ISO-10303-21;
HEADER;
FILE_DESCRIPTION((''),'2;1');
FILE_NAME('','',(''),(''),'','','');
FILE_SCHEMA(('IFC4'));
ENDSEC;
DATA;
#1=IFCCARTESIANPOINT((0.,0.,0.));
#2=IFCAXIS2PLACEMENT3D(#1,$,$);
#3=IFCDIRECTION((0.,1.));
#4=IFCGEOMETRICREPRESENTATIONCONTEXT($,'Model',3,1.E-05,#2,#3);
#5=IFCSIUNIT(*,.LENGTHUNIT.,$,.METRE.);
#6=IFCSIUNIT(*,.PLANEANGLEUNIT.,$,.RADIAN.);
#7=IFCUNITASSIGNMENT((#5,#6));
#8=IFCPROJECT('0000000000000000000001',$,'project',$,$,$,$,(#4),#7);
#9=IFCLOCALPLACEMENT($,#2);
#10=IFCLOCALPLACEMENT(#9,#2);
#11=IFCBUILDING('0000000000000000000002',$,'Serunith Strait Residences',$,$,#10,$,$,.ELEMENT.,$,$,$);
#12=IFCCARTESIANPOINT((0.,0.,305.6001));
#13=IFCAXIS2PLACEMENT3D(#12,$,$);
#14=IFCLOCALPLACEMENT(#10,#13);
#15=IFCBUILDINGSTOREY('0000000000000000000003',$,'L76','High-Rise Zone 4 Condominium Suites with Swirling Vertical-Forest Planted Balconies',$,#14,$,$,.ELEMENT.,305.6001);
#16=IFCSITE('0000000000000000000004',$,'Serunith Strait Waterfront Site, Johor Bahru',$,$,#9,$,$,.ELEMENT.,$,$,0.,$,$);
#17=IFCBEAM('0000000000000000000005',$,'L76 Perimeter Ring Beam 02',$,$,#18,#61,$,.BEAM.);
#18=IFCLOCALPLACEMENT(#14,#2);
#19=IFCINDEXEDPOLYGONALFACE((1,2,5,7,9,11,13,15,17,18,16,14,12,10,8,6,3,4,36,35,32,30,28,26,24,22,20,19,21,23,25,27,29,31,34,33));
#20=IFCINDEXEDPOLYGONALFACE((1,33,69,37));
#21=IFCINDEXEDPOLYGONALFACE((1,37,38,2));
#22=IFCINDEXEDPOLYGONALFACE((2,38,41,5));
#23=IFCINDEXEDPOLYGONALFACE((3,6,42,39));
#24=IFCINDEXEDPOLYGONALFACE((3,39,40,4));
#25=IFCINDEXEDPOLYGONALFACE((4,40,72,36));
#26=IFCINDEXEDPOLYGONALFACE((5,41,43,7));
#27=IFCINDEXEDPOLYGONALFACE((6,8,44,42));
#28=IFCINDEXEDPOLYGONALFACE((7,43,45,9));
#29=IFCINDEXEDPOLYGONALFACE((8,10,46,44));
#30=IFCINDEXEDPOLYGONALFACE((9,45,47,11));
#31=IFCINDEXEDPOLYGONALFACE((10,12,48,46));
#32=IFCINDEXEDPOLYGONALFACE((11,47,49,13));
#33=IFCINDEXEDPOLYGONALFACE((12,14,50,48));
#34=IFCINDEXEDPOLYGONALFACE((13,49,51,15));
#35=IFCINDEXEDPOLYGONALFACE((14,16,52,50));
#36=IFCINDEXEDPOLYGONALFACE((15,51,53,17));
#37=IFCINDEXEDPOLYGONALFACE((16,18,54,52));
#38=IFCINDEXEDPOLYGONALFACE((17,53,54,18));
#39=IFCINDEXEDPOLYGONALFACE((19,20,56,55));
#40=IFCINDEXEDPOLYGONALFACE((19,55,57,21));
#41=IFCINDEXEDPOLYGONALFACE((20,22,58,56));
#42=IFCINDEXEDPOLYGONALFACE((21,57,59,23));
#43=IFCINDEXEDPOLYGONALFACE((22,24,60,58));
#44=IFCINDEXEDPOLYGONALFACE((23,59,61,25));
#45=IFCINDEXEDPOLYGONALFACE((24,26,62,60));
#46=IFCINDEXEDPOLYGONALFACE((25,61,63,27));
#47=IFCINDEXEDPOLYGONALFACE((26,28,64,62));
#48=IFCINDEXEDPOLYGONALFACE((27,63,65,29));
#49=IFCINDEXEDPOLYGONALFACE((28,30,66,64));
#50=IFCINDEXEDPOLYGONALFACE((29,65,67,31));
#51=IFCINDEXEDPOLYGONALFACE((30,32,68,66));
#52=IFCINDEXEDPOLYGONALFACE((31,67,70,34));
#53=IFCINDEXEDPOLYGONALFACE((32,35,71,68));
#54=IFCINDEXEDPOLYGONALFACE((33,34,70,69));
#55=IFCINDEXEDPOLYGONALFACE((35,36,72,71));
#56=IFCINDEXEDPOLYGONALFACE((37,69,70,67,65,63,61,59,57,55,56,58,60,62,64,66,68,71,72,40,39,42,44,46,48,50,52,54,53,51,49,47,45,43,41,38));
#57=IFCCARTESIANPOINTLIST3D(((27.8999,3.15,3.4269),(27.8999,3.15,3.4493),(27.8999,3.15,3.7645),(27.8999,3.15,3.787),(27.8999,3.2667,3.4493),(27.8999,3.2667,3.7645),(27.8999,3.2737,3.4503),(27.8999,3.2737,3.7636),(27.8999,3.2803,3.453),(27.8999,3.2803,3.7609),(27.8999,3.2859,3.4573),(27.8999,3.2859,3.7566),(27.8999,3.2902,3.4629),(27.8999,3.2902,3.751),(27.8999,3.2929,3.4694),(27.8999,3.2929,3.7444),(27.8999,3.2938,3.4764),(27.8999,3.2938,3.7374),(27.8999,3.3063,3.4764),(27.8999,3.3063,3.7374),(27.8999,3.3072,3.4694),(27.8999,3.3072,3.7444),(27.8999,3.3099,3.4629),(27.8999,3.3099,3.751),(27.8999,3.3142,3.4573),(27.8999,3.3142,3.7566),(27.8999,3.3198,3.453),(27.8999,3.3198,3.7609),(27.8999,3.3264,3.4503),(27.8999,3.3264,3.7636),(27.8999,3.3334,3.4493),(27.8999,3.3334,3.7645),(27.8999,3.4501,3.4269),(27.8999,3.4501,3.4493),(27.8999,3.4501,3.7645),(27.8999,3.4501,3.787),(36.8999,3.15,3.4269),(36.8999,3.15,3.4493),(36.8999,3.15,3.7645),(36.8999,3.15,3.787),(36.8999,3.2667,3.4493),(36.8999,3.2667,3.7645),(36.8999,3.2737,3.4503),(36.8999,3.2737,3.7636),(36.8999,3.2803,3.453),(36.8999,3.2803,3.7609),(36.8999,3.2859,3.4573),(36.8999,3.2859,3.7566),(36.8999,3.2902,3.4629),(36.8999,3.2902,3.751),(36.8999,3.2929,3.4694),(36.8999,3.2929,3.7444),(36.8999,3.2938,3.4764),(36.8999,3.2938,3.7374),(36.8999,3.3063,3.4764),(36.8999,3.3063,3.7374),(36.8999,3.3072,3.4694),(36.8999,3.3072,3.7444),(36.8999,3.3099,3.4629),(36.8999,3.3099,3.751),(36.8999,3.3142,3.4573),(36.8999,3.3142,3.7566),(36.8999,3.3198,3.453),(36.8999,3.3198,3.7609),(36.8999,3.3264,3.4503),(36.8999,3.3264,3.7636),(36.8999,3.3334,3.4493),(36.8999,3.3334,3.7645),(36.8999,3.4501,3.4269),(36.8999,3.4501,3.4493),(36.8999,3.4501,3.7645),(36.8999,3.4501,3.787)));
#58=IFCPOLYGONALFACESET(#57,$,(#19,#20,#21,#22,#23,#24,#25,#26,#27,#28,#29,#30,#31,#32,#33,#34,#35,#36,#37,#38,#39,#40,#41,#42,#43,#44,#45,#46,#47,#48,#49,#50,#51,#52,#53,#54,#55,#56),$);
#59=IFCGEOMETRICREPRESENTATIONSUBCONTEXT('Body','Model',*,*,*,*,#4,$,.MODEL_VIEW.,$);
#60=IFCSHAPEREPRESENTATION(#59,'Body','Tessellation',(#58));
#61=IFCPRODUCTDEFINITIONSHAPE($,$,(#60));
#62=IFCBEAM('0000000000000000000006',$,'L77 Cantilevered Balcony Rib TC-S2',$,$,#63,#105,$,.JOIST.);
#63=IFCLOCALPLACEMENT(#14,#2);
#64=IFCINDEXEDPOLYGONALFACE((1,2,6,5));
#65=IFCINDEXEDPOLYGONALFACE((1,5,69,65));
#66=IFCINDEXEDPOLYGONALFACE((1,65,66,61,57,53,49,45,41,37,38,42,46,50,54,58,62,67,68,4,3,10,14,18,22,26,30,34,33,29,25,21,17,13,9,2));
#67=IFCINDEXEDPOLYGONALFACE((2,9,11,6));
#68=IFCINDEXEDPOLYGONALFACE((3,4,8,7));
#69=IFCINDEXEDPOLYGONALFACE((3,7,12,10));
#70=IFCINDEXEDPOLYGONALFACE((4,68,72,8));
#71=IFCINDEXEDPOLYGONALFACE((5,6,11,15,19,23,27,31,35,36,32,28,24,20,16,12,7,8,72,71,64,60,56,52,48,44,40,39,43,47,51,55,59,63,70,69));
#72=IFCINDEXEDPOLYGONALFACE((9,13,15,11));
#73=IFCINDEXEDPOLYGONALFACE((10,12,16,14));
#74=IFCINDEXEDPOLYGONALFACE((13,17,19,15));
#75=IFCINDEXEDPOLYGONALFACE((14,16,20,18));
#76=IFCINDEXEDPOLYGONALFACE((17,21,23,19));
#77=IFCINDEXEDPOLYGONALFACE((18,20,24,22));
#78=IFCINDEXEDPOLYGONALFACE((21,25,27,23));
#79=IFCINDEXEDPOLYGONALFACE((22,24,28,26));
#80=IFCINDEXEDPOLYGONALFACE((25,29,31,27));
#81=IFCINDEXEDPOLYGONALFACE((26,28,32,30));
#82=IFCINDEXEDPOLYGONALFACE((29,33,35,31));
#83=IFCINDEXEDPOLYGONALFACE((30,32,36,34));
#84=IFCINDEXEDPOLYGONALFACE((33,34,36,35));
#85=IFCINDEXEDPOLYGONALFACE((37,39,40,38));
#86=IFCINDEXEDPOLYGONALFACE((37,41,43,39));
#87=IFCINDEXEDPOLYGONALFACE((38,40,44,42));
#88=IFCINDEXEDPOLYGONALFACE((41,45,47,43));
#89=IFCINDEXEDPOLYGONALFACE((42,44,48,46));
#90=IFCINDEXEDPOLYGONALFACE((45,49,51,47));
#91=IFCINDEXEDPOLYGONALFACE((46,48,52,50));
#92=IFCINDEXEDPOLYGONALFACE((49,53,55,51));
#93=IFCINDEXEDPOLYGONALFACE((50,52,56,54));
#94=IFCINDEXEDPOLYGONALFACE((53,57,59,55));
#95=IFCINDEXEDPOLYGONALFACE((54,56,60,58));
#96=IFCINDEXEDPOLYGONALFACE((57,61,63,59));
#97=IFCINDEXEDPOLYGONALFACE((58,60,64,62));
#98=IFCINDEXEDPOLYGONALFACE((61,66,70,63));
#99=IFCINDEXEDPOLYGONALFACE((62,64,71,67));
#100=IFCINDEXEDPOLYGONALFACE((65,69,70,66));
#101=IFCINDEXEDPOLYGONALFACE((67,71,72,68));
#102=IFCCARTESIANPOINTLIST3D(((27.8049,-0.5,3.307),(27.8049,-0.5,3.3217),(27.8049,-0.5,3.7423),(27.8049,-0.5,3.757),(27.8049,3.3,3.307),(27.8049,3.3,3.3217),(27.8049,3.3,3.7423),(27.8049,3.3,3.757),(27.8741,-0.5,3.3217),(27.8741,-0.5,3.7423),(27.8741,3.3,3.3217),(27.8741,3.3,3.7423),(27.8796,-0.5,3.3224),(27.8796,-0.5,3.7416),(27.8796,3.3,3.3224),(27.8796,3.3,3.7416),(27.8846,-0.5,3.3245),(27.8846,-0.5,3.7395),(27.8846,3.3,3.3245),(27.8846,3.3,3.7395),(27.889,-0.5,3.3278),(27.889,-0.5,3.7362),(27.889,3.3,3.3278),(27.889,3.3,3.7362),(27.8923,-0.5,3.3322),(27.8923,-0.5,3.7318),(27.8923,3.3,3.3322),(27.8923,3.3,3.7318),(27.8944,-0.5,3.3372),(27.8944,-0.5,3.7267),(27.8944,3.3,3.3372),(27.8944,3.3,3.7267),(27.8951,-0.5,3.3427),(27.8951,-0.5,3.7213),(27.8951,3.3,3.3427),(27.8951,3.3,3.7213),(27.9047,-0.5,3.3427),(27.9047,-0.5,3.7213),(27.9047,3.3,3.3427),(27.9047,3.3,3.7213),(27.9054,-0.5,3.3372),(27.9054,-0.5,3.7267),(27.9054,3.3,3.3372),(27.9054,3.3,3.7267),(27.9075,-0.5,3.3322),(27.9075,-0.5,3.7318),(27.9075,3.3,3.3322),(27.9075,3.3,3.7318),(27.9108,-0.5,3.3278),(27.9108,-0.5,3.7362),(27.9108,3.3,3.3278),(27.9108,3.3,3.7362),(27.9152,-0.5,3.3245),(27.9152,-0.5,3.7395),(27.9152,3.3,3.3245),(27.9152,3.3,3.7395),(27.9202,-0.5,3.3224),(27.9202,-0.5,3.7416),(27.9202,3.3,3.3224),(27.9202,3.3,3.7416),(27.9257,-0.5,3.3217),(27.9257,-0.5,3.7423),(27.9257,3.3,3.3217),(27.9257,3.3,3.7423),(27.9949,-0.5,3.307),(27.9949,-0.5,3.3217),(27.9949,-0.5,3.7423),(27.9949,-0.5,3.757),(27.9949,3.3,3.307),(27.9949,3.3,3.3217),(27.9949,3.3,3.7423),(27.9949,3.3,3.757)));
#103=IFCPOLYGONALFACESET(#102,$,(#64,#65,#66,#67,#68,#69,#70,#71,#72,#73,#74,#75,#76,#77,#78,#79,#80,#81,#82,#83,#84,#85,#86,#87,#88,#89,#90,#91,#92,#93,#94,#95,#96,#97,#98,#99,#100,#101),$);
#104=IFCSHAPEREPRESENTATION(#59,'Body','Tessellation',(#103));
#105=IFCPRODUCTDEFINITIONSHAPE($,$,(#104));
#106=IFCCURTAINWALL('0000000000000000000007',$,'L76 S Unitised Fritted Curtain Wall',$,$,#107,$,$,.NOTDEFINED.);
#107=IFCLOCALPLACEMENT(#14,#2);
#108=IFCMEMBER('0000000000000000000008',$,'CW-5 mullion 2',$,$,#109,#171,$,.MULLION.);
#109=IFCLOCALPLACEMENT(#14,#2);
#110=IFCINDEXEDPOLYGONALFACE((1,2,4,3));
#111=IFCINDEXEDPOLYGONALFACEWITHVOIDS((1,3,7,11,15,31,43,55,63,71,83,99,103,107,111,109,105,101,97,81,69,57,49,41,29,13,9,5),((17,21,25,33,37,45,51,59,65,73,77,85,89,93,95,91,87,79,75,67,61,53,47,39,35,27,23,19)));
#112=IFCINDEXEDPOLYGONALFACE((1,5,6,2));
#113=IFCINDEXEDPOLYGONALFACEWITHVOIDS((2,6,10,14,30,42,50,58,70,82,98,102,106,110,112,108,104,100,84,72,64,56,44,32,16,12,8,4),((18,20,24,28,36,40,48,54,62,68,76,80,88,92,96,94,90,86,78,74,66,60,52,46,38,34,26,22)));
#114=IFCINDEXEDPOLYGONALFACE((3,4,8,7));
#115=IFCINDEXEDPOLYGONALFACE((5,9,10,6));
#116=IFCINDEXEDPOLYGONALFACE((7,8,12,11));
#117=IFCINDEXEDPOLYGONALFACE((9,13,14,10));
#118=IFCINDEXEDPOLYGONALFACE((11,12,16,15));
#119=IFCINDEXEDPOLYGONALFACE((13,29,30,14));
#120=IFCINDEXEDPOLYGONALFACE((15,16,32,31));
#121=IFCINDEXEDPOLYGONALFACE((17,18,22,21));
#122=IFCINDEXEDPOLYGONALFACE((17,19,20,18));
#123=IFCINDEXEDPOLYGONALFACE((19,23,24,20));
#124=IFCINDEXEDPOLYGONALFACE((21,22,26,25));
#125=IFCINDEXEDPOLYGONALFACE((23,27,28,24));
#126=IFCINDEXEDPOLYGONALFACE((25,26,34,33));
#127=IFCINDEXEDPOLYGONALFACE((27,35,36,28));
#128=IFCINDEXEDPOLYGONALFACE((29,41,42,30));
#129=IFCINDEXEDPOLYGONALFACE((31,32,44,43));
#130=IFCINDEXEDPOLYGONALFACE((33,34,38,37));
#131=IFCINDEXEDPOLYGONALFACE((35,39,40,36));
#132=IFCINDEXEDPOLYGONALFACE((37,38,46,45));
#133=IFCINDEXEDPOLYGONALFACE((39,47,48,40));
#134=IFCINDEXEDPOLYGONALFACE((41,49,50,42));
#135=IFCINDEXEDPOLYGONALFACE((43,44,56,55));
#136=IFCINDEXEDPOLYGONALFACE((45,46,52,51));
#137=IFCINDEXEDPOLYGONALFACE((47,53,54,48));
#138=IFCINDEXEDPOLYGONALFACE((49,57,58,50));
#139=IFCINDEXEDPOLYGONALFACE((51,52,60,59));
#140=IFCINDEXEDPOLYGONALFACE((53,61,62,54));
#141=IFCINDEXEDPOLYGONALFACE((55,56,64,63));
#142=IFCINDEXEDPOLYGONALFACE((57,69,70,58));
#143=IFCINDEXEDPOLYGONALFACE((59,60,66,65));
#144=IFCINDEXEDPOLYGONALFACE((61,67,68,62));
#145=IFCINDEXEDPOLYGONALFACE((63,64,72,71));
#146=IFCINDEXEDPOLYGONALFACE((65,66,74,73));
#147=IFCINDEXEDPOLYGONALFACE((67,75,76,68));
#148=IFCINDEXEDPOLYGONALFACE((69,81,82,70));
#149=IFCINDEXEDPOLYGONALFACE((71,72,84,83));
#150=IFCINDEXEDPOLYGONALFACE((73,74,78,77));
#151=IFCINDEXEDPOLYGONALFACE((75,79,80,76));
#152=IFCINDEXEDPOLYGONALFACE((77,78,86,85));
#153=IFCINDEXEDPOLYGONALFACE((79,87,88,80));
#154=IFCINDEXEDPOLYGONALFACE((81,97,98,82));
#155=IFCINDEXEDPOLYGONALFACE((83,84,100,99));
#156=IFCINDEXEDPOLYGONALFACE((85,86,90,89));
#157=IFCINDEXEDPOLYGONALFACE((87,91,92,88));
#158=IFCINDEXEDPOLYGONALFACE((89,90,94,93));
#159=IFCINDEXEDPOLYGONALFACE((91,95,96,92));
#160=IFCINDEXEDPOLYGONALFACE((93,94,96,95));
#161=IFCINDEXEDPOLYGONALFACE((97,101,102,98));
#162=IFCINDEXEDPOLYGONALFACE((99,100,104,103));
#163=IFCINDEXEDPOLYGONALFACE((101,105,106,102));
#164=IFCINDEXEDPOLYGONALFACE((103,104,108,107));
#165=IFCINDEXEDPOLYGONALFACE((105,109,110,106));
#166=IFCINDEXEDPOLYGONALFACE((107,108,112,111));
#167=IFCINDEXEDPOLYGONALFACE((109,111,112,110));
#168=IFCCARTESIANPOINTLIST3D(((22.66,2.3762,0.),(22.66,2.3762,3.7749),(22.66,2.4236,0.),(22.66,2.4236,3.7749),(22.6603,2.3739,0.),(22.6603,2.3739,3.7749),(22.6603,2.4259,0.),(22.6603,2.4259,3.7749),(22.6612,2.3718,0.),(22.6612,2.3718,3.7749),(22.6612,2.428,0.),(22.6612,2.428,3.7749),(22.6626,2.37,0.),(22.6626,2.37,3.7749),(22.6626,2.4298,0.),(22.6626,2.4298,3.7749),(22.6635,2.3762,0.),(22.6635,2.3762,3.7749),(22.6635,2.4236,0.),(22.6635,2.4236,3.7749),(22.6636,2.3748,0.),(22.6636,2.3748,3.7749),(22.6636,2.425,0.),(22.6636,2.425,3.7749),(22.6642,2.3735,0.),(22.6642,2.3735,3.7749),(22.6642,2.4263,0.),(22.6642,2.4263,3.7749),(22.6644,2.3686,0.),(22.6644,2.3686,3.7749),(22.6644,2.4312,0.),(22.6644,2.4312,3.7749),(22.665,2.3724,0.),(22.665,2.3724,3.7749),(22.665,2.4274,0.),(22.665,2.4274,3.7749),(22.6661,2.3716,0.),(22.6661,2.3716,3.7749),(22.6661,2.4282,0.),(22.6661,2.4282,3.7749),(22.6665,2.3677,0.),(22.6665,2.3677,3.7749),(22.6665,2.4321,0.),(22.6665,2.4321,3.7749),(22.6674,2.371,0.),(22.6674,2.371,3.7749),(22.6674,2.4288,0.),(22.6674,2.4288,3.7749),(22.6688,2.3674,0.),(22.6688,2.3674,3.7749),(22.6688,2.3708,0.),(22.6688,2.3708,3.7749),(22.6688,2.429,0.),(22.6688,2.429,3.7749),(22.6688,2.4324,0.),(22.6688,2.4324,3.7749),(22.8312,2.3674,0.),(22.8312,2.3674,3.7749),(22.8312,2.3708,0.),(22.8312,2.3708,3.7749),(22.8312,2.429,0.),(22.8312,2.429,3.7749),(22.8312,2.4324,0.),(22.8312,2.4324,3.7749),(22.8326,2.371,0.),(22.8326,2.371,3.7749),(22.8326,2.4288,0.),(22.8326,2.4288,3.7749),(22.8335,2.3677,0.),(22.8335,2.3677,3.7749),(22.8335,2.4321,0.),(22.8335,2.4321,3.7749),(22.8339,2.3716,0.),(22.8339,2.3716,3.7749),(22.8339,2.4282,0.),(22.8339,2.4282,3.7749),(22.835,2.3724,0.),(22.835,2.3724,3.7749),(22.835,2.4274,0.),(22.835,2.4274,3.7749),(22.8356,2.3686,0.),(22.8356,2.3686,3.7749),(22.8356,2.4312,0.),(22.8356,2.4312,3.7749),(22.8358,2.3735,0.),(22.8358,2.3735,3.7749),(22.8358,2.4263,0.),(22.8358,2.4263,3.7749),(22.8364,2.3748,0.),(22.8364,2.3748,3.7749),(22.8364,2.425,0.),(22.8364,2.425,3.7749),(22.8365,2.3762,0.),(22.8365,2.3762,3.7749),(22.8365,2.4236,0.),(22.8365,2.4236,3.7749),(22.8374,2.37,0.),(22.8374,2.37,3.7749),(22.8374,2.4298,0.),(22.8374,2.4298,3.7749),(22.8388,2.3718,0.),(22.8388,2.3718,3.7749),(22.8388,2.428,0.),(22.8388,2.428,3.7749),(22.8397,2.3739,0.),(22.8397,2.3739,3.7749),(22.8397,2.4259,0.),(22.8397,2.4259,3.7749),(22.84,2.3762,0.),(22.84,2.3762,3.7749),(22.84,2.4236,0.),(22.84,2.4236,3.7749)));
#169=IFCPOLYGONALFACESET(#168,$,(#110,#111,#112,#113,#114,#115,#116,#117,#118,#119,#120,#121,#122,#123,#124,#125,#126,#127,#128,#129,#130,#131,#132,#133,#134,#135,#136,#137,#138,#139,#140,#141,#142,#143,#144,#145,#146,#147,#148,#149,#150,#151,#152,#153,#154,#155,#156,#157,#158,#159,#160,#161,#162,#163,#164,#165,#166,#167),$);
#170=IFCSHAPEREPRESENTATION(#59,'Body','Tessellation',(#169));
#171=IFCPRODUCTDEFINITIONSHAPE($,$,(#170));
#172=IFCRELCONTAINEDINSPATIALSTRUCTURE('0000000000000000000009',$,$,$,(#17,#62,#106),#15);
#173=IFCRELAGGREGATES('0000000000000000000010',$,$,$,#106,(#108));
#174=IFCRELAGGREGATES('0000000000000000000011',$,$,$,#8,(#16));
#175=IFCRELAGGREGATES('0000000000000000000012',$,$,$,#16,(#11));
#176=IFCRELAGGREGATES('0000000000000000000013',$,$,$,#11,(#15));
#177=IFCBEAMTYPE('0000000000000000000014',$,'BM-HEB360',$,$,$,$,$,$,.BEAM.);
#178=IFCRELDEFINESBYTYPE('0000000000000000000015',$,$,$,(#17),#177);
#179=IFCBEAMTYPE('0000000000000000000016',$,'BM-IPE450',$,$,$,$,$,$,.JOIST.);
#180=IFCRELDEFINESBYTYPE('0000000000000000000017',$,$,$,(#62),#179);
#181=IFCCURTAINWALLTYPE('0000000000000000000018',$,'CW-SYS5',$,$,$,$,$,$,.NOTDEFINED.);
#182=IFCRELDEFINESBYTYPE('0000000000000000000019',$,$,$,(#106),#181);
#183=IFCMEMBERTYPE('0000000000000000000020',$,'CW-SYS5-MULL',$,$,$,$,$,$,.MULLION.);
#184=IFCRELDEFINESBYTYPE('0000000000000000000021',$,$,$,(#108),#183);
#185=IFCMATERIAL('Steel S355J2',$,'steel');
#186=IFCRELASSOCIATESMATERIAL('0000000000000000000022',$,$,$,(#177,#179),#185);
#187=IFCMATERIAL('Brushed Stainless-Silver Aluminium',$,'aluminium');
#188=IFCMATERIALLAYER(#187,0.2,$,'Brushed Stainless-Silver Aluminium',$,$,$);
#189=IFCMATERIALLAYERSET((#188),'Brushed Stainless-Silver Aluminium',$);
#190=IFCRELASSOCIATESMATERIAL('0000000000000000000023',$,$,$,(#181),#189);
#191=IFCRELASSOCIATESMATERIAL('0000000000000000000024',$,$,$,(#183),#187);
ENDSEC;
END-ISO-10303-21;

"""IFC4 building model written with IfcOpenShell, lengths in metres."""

from ifc_helpers import new_model, si_unit, direction, frame, origin, origin_2d, place, context, subcontext, project, spatial, hollow_rectangle, i_section, extrude, source, transform, mapped, material, layer, layer_set, material_profile, profile_set, type_object, element, aggregate, save


model = new_model("IFC4")

# Units and contexts
model_context = context("Model", 3, precision=1e-05, world=origin(), true_north=direction((0.0, 1.0)))
body_context = subcontext(model_context, "Body", "Model", "MODEL_VIEW")
ifc_project = project(units=[si_unit("LENGTHUNIT", "METRE"), si_unit("PLANEANGLEUNIT", "RADIAN")], contexts=[model_context])

# Site, building, storey
site_placement = place(None, origin())
site = spatial("IfcSite", under=ifc_project, at=site_placement, Name="Serunith Strait Waterfront Site, Johor Bahru", CompositionType="ELEMENT", RefElevation=0.0)
building_placement = place(site_placement, origin())
building = spatial("IfcBuilding", under=site, at=building_placement, Name="Serunith Strait Residences", CompositionType="ELEMENT")
storey_placement = place(building_placement, frame((0.0, 0.0, 305.6001)))
storey = spatial("IfcBuildingStorey", under=building, at=storey_placement, Name="L76", Description="High-Rise Zone 4 Condominium Suites with Swirling Vertical-Forest Planted Balconies", CompositionType="ELEMENT", Elevation=305.6001)

# Beams
ifc_material_1 = material(Name="Steel S355J2", Category="steel")
ifc_material_profile_1 = material_profile(ifc_material_1, i_section(OverallWidth=0.3, OverallDepth=0.3601, WebThickness=0.0125, FlangeThickness=0.0225, FilletRadius=0.0271, at=origin_2d()), Name="HEB 360")
ifc_profile_set_1 = profile_set([ifc_material_profile_1], Name="Steel S355J2")
beam_type_1 = type_object("IfcBeamType", Name="BM-HEB360", PredefinedType="BEAM", material=ifc_profile_set_1)
shared_shape_1 = source(origin(), body_context, "Body", "SweptSolid", [
    extrude(i_section(OverallWidth=0.3, OverallDepth=0.3601, WebThickness=0.0125, FlangeThickness=0.0225, FilletRadius=0.0271, at=origin_2d()), origin(), (0.0, 0.0, 1.0), 9.0),
])
beam_1_placement = place(storey_placement, frame((27.8999, 3.3, 3.6069), z_axis=(1.0, 0.0, 0.0), x_axis=(0.0, 1.0, 0.0)))
element("IfcBeam", 1, at=beam_1_placement, inside=storey, type_object=beam_type_1, Name="L76 Perimeter Ring Beam 02", PredefinedType="BEAM", context=body_context, shape_type="MappedRepresentation", body=[
    mapped(shared_shape_1, transform((0.0, 0.0, 0.0), scale=1.0)),
])
ifc_material_profile_2 = material_profile(ifc_material_1, i_section(OverallWidth=0.1899, OverallDepth=0.45, WebThickness=0.0095, FlangeThickness=0.0146, FilletRadius=0.021, at=origin_2d()), Name="IPE 450")
ifc_profile_set_2 = profile_set([ifc_material_profile_2], Name="Steel S355J2")
beam_type_2 = type_object("IfcBeamType", Name="BM-IPE450", PredefinedType="JOIST", material=ifc_profile_set_2)
shared_shape_2 = source(origin(), body_context, "Body", "SweptSolid", [
    extrude(i_section(OverallWidth=0.1899, OverallDepth=0.45, WebThickness=0.0095, FlangeThickness=0.0146, FilletRadius=0.021, at=origin_2d()), origin(), (0.0, 0.0, 1.0), 3.8),
])
beam_2_placement = place(storey_placement, frame((27.8999, 3.3, 3.532), z_axis=(0.0, -1.0, 0.0), x_axis=(1.0, 0.0, 0.0)))
element("IfcBeam", 2, at=beam_2_placement, inside=storey, type_object=beam_type_2, Name="L77 Cantilevered Balcony Rib TC-S2", PredefinedType="JOIST", context=body_context, shape_type="MappedRepresentation", body=[
    mapped(shared_shape_2, transform((0.0, 0.0, 0.0), scale=1.0)),
])

# Curtain wall, member
ifc_material_2 = material(Name="Brushed Stainless-Silver Aluminium", Category="aluminium")
ifc_layer_1 = layer(ifc_material_2, 0.2, Name="Brushed Stainless-Silver Aluminium")
ifc_layer_set_1 = layer_set([ifc_layer_1], Name="Brushed Stainless-Silver Aluminium")
curtain_wall_type = type_object("IfcCurtainWallType", Name="CW-SYS5", PredefinedType="NOTDEFINED", material=ifc_layer_set_1)
curtain_wall_placement = place(storey_placement, origin())
curtain_wall = element("IfcCurtainWall", 3, at=curtain_wall_placement, inside=storey, type_object=curtain_wall_type, Name="L76 S Unitised Fritted Curtain Wall", PredefinedType="NOTDEFINED")
ifc_material_profile_3 = material_profile(ifc_material_2, hollow_rectangle(XDim=0.0649, YDim=0.1799, WallThickness=0.0034, InnerFilletRadius=0.0054, OuterFilletRadius=0.0088, at=origin_2d()), Name="ALU 180x65x3.5")
ifc_profile_set_3 = profile_set([ifc_material_profile_3], Name="Brushed Stainless-Silver Aluminium")
member_type_1 = type_object("IfcMemberType", Name="CW-SYS5-MULL", PredefinedType="MULLION", material=ifc_profile_set_3)
shared_shape_3 = source(origin(), body_context, "Body", "SweptSolid", [
    extrude(hollow_rectangle(XDim=0.0649, YDim=0.1799, WallThickness=0.0034, InnerFilletRadius=0.0054, OuterFilletRadius=0.0088, at=origin_2d()), origin(), (0.0, 0.0, 1.0), 3.7749),
])
member_1_placement = place(storey_placement, frame((22.75, 2.3999, 0.0), z_axis=(0.0, 0.0, 1.0), x_axis=(0.0, 1.0, 0.0)))
member_1 = element("IfcMember", 4, at=member_1_placement, type_object=member_type_1, Name="CW-5 mullion 2", PredefinedType="MULLION", context=body_context, shape_type="MappedRepresentation", body=[
    mapped(shared_shape_3, transform((0.0, 0.0, 0.0), scale=1.0)),
])
aggregate(curtain_wall, [member_1])

save(model, "model.ifc")
